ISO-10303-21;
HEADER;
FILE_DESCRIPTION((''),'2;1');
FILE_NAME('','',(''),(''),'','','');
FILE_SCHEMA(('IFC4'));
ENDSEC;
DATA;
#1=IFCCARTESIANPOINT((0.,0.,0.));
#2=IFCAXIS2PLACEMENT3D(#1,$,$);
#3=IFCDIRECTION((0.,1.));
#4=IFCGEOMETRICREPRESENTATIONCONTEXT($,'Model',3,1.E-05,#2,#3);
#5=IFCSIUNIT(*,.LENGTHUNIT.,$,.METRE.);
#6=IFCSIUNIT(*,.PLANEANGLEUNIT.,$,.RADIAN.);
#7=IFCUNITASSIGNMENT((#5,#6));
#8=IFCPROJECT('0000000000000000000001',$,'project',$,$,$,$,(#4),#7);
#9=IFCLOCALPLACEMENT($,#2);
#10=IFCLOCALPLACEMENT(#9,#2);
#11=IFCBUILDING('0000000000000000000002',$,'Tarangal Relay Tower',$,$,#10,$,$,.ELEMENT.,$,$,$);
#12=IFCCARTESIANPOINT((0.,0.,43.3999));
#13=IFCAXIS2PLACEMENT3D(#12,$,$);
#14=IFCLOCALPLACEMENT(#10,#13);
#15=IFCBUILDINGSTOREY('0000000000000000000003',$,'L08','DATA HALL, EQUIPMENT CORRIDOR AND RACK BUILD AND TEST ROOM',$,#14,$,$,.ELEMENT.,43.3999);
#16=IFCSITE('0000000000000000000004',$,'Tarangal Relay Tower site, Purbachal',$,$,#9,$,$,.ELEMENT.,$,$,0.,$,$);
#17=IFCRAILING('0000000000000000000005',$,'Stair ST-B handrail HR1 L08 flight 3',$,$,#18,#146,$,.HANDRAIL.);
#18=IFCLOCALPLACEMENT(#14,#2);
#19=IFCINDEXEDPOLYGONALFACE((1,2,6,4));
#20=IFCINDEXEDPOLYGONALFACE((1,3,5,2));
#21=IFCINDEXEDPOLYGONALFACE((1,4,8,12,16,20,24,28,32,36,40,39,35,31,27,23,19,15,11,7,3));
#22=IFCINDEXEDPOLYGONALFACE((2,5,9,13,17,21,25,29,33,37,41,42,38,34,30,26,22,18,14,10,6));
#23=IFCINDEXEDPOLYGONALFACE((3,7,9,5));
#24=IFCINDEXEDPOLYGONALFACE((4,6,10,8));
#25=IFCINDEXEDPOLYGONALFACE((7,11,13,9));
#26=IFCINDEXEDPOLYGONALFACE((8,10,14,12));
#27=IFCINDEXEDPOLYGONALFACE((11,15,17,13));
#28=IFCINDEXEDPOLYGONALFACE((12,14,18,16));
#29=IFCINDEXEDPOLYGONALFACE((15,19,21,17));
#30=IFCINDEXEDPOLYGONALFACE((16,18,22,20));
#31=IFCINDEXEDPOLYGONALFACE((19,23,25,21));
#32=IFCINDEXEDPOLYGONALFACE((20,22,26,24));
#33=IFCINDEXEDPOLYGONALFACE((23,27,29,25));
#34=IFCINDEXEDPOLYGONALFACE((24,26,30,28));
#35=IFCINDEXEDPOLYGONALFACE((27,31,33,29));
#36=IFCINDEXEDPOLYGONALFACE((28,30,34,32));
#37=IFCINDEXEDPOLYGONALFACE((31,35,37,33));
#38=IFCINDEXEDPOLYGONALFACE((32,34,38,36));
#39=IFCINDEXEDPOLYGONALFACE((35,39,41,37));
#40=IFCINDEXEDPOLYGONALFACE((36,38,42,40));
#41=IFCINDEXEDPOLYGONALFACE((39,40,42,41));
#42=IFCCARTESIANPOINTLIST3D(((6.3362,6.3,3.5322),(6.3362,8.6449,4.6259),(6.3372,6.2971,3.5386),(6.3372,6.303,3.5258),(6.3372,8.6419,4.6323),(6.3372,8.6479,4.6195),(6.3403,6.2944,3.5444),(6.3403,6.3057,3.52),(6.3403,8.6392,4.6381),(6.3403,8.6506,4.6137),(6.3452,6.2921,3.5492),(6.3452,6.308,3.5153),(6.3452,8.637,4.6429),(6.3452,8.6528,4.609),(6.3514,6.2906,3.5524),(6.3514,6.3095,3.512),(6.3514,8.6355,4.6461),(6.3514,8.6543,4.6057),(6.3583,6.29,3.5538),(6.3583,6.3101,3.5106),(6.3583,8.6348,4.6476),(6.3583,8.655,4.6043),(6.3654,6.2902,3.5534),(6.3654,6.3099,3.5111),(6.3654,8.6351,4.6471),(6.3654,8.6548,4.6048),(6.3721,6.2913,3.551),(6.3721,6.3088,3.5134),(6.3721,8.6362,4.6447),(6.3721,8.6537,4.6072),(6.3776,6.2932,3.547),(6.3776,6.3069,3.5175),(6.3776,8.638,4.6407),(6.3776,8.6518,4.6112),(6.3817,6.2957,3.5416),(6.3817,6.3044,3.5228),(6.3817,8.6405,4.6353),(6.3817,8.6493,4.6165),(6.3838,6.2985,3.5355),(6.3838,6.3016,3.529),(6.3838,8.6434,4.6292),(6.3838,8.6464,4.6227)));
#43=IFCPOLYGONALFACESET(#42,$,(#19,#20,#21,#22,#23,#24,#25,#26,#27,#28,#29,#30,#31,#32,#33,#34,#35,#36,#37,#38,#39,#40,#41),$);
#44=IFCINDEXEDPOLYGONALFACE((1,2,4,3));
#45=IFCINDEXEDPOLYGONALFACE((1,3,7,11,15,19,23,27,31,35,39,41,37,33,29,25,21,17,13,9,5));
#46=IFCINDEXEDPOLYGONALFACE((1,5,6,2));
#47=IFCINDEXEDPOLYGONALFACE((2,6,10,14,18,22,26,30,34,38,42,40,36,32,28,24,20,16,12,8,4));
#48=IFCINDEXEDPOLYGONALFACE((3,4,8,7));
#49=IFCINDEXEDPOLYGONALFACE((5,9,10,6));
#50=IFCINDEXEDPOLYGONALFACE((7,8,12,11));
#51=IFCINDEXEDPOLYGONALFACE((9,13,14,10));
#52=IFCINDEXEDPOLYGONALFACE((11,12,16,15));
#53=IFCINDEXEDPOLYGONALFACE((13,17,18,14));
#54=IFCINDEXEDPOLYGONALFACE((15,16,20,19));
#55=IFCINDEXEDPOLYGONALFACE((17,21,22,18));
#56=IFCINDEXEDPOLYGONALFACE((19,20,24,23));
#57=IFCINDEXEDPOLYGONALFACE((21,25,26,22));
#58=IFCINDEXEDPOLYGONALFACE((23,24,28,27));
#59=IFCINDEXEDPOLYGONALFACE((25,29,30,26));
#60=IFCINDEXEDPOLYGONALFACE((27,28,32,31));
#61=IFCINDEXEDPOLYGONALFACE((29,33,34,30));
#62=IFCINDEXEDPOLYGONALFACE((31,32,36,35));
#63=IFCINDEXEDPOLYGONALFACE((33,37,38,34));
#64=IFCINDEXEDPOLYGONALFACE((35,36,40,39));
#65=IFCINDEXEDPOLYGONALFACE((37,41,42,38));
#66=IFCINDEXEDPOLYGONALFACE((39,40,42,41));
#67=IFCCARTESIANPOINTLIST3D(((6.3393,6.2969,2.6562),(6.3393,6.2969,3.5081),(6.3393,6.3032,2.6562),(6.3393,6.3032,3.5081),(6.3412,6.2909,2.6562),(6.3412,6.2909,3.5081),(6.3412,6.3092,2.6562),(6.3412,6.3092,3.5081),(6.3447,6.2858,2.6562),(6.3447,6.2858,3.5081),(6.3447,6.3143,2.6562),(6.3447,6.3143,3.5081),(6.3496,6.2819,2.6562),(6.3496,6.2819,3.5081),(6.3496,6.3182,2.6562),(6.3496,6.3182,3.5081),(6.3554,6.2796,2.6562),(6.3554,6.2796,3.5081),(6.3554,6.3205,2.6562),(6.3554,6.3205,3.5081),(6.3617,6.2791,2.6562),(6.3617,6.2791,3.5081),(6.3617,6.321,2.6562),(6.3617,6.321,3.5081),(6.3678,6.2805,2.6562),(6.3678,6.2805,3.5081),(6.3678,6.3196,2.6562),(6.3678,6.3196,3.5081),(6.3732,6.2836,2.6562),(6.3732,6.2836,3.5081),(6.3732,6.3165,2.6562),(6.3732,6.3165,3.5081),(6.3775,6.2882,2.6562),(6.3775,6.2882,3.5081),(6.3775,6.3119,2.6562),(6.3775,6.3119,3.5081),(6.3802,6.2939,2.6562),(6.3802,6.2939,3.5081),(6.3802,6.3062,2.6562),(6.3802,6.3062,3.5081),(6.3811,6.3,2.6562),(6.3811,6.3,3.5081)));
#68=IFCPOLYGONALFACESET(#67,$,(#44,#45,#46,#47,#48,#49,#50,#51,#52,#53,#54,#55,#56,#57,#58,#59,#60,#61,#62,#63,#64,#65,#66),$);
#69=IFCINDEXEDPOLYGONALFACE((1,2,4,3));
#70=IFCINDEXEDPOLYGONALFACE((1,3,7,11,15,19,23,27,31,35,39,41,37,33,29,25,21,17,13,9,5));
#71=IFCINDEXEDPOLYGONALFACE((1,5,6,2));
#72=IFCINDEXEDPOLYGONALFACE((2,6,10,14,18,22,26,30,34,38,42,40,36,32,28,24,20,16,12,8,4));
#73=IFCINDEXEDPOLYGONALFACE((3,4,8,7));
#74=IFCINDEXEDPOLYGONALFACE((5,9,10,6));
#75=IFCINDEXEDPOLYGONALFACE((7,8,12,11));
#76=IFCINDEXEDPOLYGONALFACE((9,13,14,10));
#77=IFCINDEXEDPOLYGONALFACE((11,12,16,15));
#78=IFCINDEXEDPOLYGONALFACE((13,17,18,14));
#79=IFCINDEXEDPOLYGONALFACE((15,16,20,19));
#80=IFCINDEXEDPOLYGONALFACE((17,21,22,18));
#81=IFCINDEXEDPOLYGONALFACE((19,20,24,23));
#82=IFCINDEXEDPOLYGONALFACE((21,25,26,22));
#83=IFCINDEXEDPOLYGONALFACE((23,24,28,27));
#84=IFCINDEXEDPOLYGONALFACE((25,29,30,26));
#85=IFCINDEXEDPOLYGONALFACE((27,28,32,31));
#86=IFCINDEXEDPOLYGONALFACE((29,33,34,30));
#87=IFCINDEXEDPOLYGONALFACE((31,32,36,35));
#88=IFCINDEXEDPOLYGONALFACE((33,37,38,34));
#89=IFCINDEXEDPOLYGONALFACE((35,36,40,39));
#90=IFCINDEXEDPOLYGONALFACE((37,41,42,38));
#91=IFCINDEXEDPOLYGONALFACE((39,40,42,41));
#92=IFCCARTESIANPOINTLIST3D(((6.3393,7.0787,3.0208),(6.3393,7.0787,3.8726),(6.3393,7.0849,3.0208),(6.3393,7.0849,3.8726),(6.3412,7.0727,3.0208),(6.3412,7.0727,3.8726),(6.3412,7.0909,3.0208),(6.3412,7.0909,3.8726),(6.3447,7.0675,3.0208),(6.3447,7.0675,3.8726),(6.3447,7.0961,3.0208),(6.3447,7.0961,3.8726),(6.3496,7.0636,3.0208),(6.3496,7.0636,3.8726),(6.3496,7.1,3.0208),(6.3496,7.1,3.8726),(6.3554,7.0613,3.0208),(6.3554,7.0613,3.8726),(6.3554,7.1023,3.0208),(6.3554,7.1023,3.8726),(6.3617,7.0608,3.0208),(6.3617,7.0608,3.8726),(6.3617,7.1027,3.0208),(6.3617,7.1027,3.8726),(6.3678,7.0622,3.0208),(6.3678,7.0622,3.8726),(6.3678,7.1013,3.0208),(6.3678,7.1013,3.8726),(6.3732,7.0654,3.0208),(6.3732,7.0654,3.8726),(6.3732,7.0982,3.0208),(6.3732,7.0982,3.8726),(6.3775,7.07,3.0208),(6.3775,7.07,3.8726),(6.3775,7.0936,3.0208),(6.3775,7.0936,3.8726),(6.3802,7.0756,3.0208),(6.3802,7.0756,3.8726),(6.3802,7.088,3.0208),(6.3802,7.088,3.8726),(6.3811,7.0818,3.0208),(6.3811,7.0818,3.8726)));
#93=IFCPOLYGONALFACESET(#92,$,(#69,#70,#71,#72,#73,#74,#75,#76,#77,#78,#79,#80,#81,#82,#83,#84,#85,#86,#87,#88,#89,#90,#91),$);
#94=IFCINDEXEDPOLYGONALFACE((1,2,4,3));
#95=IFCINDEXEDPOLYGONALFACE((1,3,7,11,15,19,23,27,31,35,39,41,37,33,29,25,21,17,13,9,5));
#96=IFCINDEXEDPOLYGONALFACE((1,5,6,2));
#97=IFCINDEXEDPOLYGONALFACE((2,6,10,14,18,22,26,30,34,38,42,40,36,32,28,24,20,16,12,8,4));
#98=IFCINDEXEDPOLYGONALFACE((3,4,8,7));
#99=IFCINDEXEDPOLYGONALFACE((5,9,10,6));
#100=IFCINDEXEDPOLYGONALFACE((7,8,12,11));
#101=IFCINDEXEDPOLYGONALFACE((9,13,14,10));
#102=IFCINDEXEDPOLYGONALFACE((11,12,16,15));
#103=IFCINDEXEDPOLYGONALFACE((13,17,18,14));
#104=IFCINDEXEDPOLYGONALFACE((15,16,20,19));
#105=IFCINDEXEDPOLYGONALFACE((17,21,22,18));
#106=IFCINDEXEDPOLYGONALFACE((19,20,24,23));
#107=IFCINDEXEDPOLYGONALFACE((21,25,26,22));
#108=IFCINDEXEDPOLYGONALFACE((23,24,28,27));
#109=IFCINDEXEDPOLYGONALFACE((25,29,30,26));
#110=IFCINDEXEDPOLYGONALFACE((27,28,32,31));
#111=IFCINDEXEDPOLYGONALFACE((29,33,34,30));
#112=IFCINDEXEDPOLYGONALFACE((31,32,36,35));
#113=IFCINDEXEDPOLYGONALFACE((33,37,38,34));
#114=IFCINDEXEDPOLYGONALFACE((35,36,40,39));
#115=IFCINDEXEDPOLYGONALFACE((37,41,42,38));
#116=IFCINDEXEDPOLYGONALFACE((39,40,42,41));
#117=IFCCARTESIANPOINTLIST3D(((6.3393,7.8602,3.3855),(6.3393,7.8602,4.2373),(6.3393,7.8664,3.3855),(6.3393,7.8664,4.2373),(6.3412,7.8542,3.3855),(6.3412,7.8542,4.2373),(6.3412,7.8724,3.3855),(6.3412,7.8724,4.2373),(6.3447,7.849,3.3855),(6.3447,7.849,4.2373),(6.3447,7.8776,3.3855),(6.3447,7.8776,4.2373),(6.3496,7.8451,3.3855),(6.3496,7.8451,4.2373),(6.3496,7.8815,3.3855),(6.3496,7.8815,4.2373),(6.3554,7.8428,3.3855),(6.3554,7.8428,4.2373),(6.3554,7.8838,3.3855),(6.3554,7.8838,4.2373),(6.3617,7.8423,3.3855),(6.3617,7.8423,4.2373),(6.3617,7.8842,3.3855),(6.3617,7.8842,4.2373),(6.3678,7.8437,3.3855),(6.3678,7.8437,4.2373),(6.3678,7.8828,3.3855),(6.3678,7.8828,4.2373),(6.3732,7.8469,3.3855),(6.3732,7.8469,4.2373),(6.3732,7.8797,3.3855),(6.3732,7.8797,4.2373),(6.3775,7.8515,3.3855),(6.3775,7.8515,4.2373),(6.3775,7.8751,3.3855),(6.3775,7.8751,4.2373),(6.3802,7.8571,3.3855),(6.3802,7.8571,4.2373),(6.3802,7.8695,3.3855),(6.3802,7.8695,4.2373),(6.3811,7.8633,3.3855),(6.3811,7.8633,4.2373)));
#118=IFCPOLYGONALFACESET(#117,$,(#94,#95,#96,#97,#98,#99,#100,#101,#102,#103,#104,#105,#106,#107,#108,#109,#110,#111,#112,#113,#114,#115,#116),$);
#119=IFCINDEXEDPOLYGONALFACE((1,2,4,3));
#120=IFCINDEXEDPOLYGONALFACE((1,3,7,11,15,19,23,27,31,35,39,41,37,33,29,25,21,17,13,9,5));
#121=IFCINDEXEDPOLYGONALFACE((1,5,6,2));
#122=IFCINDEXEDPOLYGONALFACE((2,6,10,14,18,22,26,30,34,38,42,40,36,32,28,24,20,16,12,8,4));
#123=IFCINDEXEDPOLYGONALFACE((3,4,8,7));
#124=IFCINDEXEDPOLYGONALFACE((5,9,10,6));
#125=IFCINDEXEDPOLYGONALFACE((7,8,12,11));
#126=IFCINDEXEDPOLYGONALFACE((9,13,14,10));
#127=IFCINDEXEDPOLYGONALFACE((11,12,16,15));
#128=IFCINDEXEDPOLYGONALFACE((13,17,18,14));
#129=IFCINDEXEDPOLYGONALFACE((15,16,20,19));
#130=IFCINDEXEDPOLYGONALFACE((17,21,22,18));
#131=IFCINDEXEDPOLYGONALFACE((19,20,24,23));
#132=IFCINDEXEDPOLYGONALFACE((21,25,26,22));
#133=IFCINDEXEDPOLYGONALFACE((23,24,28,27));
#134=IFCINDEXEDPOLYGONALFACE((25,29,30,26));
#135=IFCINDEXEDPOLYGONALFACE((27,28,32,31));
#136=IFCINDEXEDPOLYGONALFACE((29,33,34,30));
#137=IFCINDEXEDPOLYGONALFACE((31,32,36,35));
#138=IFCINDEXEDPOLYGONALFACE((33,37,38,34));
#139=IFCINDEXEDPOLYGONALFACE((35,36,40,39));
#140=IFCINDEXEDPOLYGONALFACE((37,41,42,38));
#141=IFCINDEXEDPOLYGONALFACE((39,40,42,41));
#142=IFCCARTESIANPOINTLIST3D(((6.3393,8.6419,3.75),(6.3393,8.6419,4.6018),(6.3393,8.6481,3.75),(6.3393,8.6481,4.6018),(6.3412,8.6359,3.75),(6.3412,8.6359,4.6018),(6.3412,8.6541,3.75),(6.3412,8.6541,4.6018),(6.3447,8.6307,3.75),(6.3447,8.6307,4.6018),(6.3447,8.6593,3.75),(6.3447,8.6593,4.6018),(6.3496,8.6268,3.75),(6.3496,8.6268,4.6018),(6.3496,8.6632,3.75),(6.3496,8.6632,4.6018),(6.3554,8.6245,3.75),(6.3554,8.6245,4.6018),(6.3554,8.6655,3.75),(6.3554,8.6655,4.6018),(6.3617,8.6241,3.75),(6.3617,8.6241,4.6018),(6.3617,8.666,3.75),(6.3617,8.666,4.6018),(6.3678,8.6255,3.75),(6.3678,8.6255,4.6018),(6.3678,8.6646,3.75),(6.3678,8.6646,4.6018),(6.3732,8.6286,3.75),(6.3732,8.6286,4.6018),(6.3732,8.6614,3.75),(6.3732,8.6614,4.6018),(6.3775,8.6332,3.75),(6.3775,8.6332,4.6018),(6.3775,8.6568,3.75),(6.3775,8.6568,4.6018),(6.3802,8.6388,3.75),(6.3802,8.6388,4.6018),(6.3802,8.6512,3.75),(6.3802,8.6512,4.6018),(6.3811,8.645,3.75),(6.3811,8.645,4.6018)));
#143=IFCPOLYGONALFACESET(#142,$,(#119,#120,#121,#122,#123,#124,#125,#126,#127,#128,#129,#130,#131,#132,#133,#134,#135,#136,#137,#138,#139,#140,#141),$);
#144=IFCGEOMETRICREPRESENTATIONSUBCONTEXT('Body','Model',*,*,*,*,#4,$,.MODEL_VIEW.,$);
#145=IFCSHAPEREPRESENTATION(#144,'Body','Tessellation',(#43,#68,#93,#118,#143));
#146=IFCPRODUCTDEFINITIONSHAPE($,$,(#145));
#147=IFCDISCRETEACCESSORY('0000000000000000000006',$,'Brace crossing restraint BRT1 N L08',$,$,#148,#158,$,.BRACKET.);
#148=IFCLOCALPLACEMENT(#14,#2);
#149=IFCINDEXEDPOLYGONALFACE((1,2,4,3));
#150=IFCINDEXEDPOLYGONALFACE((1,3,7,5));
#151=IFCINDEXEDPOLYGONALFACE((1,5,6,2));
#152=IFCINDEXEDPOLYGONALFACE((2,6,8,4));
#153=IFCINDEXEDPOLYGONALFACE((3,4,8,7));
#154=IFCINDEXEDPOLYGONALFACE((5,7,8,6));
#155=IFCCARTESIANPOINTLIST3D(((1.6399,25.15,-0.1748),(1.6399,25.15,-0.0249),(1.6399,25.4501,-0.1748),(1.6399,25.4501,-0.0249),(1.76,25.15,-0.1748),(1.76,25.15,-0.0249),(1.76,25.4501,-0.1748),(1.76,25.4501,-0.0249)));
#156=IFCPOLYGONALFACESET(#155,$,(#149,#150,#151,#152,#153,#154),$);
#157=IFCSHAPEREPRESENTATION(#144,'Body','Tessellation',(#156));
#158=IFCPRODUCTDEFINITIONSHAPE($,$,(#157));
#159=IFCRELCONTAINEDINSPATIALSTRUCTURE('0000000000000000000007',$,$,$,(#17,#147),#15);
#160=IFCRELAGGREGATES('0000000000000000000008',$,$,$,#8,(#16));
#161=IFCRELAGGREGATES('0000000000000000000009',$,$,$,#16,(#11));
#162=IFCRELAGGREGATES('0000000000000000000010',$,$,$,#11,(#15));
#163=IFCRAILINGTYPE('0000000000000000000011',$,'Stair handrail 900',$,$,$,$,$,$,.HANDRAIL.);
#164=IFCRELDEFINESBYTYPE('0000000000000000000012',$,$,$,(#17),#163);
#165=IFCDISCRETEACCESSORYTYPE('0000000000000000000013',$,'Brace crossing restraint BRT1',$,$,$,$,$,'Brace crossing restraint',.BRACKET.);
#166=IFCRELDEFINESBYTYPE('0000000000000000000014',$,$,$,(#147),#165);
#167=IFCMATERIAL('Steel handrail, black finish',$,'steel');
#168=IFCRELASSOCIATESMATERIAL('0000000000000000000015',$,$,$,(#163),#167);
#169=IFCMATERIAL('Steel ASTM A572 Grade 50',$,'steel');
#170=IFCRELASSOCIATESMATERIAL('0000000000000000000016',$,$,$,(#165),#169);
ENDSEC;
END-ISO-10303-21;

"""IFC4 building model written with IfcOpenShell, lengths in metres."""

from ifc_helpers import new_model, si_unit, direction, frame, origin, origin_2d, place, context, subcontext, project, spatial, rectangle, circle, extrude, material, type_object, element, save


model = new_model("IFC4")

# Units and contexts
model_context = context("Model", 3, precision=1e-05, world=origin(), true_north=direction((0.0, 1.0)))
body_context = subcontext(model_context, "Body", "Model", "MODEL_VIEW")
ifc_project = project(units=[si_unit("LENGTHUNIT", "METRE"), si_unit("PLANEANGLEUNIT", "RADIAN")], contexts=[model_context])

# Site, building, storey
site_placement = place(None, origin())
site = spatial("IfcSite", under=ifc_project, at=site_placement, Name="Tarangal Relay Tower site, Purbachal", CompositionType="ELEMENT", RefElevation=0.0)
building_placement = place(site_placement, origin())
building = spatial("IfcBuilding", under=site, at=building_placement, Name="Tarangal Relay Tower", CompositionType="ELEMENT")
storey_placement = place(building_placement, frame((0.0, 0.0, 43.3999)))
storey = spatial("IfcBuildingStorey", under=building, at=storey_placement, Name="L08", Description="DATA HALL, EQUIPMENT CORRIDOR AND RACK BUILD AND TEST ROOM", CompositionType="ELEMENT", Elevation=43.3999)

# Shared definitions
ifc_material_1 = material(Name="Steel ASTM A572 Grade 50", Category="steel")

# Railing
ifc_material_2 = material(Name="Steel handrail, black finish", Category="steel")
railing_type_1 = type_object("IfcRailingType", Name="Stair handrail 900", PredefinedType="HANDRAIL", material=ifc_material_2)
for number, where, name in (
    (1, (6.3601, 6.3, 2.6562), "Stair ST-B handrail HR1 L08 flight 3"),
):
    element("IfcRailing", number, at=place(storey_placement, frame(where)), inside=storey, type_object=railing_type_1, Name=name, PredefinedType="HANDRAIL", context=body_context, shape_type="SweptSolid", body=[
        extrude(circle(Radius=0.0239, at=origin_2d()), frame((0.0, 0.0, 0.876), z_axis=(0.0, 0.906267, 0.422705), x_axis=(-1.0, 0.0, 0.0)), (0.0, 0.0, 1.0), 2.5874),
        extrude(circle(Radius=0.021, at=origin_2d()), origin(), (0.0, 0.0, 1.0), 0.8518),
        extrude(circle(Radius=0.021, at=origin_2d()), frame((0.0, 0.7817, 0.3645)), (0.0, 0.0, 1.0), 0.8518),
        extrude(circle(Radius=0.021, at=origin_2d()), frame((0.0, 1.5632, 0.7292)), (0.0, 0.0, 1.0), 0.8518),
        extrude(circle(Radius=0.021, at=origin_2d()), frame((0.0, 2.345, 1.0938)), (0.0, 0.0, 1.0), 0.8518),
    ])

# Discrete accessory
discrete_accessory_type = type_object("IfcDiscreteAccessoryType", Name="Brace crossing restraint BRT1", ElementType="Brace crossing restraint", PredefinedType="BRACKET", material=ifc_material_1)
discrete_accessory_placement = place(storey_placement, frame((1.7, 25.3, -0.1748), z_axis=(0.0, 0.0, 1.0), x_axis=(1.0, 0.0, 0.0)))
element("IfcDiscreteAccessory", 2, at=discrete_accessory_placement, inside=storey, type_object=discrete_accessory_type, Name="Brace crossing restraint BRT1 N L08", PredefinedType="BRACKET", context=body_context, shape_type="SweptSolid", body=[
    extrude(rectangle(XDim=0.1201, YDim=0.3, at=origin_2d()), origin(), (0.0, 0.0, 1.0), 0.1499),
])

save(model, "model.ifc")
